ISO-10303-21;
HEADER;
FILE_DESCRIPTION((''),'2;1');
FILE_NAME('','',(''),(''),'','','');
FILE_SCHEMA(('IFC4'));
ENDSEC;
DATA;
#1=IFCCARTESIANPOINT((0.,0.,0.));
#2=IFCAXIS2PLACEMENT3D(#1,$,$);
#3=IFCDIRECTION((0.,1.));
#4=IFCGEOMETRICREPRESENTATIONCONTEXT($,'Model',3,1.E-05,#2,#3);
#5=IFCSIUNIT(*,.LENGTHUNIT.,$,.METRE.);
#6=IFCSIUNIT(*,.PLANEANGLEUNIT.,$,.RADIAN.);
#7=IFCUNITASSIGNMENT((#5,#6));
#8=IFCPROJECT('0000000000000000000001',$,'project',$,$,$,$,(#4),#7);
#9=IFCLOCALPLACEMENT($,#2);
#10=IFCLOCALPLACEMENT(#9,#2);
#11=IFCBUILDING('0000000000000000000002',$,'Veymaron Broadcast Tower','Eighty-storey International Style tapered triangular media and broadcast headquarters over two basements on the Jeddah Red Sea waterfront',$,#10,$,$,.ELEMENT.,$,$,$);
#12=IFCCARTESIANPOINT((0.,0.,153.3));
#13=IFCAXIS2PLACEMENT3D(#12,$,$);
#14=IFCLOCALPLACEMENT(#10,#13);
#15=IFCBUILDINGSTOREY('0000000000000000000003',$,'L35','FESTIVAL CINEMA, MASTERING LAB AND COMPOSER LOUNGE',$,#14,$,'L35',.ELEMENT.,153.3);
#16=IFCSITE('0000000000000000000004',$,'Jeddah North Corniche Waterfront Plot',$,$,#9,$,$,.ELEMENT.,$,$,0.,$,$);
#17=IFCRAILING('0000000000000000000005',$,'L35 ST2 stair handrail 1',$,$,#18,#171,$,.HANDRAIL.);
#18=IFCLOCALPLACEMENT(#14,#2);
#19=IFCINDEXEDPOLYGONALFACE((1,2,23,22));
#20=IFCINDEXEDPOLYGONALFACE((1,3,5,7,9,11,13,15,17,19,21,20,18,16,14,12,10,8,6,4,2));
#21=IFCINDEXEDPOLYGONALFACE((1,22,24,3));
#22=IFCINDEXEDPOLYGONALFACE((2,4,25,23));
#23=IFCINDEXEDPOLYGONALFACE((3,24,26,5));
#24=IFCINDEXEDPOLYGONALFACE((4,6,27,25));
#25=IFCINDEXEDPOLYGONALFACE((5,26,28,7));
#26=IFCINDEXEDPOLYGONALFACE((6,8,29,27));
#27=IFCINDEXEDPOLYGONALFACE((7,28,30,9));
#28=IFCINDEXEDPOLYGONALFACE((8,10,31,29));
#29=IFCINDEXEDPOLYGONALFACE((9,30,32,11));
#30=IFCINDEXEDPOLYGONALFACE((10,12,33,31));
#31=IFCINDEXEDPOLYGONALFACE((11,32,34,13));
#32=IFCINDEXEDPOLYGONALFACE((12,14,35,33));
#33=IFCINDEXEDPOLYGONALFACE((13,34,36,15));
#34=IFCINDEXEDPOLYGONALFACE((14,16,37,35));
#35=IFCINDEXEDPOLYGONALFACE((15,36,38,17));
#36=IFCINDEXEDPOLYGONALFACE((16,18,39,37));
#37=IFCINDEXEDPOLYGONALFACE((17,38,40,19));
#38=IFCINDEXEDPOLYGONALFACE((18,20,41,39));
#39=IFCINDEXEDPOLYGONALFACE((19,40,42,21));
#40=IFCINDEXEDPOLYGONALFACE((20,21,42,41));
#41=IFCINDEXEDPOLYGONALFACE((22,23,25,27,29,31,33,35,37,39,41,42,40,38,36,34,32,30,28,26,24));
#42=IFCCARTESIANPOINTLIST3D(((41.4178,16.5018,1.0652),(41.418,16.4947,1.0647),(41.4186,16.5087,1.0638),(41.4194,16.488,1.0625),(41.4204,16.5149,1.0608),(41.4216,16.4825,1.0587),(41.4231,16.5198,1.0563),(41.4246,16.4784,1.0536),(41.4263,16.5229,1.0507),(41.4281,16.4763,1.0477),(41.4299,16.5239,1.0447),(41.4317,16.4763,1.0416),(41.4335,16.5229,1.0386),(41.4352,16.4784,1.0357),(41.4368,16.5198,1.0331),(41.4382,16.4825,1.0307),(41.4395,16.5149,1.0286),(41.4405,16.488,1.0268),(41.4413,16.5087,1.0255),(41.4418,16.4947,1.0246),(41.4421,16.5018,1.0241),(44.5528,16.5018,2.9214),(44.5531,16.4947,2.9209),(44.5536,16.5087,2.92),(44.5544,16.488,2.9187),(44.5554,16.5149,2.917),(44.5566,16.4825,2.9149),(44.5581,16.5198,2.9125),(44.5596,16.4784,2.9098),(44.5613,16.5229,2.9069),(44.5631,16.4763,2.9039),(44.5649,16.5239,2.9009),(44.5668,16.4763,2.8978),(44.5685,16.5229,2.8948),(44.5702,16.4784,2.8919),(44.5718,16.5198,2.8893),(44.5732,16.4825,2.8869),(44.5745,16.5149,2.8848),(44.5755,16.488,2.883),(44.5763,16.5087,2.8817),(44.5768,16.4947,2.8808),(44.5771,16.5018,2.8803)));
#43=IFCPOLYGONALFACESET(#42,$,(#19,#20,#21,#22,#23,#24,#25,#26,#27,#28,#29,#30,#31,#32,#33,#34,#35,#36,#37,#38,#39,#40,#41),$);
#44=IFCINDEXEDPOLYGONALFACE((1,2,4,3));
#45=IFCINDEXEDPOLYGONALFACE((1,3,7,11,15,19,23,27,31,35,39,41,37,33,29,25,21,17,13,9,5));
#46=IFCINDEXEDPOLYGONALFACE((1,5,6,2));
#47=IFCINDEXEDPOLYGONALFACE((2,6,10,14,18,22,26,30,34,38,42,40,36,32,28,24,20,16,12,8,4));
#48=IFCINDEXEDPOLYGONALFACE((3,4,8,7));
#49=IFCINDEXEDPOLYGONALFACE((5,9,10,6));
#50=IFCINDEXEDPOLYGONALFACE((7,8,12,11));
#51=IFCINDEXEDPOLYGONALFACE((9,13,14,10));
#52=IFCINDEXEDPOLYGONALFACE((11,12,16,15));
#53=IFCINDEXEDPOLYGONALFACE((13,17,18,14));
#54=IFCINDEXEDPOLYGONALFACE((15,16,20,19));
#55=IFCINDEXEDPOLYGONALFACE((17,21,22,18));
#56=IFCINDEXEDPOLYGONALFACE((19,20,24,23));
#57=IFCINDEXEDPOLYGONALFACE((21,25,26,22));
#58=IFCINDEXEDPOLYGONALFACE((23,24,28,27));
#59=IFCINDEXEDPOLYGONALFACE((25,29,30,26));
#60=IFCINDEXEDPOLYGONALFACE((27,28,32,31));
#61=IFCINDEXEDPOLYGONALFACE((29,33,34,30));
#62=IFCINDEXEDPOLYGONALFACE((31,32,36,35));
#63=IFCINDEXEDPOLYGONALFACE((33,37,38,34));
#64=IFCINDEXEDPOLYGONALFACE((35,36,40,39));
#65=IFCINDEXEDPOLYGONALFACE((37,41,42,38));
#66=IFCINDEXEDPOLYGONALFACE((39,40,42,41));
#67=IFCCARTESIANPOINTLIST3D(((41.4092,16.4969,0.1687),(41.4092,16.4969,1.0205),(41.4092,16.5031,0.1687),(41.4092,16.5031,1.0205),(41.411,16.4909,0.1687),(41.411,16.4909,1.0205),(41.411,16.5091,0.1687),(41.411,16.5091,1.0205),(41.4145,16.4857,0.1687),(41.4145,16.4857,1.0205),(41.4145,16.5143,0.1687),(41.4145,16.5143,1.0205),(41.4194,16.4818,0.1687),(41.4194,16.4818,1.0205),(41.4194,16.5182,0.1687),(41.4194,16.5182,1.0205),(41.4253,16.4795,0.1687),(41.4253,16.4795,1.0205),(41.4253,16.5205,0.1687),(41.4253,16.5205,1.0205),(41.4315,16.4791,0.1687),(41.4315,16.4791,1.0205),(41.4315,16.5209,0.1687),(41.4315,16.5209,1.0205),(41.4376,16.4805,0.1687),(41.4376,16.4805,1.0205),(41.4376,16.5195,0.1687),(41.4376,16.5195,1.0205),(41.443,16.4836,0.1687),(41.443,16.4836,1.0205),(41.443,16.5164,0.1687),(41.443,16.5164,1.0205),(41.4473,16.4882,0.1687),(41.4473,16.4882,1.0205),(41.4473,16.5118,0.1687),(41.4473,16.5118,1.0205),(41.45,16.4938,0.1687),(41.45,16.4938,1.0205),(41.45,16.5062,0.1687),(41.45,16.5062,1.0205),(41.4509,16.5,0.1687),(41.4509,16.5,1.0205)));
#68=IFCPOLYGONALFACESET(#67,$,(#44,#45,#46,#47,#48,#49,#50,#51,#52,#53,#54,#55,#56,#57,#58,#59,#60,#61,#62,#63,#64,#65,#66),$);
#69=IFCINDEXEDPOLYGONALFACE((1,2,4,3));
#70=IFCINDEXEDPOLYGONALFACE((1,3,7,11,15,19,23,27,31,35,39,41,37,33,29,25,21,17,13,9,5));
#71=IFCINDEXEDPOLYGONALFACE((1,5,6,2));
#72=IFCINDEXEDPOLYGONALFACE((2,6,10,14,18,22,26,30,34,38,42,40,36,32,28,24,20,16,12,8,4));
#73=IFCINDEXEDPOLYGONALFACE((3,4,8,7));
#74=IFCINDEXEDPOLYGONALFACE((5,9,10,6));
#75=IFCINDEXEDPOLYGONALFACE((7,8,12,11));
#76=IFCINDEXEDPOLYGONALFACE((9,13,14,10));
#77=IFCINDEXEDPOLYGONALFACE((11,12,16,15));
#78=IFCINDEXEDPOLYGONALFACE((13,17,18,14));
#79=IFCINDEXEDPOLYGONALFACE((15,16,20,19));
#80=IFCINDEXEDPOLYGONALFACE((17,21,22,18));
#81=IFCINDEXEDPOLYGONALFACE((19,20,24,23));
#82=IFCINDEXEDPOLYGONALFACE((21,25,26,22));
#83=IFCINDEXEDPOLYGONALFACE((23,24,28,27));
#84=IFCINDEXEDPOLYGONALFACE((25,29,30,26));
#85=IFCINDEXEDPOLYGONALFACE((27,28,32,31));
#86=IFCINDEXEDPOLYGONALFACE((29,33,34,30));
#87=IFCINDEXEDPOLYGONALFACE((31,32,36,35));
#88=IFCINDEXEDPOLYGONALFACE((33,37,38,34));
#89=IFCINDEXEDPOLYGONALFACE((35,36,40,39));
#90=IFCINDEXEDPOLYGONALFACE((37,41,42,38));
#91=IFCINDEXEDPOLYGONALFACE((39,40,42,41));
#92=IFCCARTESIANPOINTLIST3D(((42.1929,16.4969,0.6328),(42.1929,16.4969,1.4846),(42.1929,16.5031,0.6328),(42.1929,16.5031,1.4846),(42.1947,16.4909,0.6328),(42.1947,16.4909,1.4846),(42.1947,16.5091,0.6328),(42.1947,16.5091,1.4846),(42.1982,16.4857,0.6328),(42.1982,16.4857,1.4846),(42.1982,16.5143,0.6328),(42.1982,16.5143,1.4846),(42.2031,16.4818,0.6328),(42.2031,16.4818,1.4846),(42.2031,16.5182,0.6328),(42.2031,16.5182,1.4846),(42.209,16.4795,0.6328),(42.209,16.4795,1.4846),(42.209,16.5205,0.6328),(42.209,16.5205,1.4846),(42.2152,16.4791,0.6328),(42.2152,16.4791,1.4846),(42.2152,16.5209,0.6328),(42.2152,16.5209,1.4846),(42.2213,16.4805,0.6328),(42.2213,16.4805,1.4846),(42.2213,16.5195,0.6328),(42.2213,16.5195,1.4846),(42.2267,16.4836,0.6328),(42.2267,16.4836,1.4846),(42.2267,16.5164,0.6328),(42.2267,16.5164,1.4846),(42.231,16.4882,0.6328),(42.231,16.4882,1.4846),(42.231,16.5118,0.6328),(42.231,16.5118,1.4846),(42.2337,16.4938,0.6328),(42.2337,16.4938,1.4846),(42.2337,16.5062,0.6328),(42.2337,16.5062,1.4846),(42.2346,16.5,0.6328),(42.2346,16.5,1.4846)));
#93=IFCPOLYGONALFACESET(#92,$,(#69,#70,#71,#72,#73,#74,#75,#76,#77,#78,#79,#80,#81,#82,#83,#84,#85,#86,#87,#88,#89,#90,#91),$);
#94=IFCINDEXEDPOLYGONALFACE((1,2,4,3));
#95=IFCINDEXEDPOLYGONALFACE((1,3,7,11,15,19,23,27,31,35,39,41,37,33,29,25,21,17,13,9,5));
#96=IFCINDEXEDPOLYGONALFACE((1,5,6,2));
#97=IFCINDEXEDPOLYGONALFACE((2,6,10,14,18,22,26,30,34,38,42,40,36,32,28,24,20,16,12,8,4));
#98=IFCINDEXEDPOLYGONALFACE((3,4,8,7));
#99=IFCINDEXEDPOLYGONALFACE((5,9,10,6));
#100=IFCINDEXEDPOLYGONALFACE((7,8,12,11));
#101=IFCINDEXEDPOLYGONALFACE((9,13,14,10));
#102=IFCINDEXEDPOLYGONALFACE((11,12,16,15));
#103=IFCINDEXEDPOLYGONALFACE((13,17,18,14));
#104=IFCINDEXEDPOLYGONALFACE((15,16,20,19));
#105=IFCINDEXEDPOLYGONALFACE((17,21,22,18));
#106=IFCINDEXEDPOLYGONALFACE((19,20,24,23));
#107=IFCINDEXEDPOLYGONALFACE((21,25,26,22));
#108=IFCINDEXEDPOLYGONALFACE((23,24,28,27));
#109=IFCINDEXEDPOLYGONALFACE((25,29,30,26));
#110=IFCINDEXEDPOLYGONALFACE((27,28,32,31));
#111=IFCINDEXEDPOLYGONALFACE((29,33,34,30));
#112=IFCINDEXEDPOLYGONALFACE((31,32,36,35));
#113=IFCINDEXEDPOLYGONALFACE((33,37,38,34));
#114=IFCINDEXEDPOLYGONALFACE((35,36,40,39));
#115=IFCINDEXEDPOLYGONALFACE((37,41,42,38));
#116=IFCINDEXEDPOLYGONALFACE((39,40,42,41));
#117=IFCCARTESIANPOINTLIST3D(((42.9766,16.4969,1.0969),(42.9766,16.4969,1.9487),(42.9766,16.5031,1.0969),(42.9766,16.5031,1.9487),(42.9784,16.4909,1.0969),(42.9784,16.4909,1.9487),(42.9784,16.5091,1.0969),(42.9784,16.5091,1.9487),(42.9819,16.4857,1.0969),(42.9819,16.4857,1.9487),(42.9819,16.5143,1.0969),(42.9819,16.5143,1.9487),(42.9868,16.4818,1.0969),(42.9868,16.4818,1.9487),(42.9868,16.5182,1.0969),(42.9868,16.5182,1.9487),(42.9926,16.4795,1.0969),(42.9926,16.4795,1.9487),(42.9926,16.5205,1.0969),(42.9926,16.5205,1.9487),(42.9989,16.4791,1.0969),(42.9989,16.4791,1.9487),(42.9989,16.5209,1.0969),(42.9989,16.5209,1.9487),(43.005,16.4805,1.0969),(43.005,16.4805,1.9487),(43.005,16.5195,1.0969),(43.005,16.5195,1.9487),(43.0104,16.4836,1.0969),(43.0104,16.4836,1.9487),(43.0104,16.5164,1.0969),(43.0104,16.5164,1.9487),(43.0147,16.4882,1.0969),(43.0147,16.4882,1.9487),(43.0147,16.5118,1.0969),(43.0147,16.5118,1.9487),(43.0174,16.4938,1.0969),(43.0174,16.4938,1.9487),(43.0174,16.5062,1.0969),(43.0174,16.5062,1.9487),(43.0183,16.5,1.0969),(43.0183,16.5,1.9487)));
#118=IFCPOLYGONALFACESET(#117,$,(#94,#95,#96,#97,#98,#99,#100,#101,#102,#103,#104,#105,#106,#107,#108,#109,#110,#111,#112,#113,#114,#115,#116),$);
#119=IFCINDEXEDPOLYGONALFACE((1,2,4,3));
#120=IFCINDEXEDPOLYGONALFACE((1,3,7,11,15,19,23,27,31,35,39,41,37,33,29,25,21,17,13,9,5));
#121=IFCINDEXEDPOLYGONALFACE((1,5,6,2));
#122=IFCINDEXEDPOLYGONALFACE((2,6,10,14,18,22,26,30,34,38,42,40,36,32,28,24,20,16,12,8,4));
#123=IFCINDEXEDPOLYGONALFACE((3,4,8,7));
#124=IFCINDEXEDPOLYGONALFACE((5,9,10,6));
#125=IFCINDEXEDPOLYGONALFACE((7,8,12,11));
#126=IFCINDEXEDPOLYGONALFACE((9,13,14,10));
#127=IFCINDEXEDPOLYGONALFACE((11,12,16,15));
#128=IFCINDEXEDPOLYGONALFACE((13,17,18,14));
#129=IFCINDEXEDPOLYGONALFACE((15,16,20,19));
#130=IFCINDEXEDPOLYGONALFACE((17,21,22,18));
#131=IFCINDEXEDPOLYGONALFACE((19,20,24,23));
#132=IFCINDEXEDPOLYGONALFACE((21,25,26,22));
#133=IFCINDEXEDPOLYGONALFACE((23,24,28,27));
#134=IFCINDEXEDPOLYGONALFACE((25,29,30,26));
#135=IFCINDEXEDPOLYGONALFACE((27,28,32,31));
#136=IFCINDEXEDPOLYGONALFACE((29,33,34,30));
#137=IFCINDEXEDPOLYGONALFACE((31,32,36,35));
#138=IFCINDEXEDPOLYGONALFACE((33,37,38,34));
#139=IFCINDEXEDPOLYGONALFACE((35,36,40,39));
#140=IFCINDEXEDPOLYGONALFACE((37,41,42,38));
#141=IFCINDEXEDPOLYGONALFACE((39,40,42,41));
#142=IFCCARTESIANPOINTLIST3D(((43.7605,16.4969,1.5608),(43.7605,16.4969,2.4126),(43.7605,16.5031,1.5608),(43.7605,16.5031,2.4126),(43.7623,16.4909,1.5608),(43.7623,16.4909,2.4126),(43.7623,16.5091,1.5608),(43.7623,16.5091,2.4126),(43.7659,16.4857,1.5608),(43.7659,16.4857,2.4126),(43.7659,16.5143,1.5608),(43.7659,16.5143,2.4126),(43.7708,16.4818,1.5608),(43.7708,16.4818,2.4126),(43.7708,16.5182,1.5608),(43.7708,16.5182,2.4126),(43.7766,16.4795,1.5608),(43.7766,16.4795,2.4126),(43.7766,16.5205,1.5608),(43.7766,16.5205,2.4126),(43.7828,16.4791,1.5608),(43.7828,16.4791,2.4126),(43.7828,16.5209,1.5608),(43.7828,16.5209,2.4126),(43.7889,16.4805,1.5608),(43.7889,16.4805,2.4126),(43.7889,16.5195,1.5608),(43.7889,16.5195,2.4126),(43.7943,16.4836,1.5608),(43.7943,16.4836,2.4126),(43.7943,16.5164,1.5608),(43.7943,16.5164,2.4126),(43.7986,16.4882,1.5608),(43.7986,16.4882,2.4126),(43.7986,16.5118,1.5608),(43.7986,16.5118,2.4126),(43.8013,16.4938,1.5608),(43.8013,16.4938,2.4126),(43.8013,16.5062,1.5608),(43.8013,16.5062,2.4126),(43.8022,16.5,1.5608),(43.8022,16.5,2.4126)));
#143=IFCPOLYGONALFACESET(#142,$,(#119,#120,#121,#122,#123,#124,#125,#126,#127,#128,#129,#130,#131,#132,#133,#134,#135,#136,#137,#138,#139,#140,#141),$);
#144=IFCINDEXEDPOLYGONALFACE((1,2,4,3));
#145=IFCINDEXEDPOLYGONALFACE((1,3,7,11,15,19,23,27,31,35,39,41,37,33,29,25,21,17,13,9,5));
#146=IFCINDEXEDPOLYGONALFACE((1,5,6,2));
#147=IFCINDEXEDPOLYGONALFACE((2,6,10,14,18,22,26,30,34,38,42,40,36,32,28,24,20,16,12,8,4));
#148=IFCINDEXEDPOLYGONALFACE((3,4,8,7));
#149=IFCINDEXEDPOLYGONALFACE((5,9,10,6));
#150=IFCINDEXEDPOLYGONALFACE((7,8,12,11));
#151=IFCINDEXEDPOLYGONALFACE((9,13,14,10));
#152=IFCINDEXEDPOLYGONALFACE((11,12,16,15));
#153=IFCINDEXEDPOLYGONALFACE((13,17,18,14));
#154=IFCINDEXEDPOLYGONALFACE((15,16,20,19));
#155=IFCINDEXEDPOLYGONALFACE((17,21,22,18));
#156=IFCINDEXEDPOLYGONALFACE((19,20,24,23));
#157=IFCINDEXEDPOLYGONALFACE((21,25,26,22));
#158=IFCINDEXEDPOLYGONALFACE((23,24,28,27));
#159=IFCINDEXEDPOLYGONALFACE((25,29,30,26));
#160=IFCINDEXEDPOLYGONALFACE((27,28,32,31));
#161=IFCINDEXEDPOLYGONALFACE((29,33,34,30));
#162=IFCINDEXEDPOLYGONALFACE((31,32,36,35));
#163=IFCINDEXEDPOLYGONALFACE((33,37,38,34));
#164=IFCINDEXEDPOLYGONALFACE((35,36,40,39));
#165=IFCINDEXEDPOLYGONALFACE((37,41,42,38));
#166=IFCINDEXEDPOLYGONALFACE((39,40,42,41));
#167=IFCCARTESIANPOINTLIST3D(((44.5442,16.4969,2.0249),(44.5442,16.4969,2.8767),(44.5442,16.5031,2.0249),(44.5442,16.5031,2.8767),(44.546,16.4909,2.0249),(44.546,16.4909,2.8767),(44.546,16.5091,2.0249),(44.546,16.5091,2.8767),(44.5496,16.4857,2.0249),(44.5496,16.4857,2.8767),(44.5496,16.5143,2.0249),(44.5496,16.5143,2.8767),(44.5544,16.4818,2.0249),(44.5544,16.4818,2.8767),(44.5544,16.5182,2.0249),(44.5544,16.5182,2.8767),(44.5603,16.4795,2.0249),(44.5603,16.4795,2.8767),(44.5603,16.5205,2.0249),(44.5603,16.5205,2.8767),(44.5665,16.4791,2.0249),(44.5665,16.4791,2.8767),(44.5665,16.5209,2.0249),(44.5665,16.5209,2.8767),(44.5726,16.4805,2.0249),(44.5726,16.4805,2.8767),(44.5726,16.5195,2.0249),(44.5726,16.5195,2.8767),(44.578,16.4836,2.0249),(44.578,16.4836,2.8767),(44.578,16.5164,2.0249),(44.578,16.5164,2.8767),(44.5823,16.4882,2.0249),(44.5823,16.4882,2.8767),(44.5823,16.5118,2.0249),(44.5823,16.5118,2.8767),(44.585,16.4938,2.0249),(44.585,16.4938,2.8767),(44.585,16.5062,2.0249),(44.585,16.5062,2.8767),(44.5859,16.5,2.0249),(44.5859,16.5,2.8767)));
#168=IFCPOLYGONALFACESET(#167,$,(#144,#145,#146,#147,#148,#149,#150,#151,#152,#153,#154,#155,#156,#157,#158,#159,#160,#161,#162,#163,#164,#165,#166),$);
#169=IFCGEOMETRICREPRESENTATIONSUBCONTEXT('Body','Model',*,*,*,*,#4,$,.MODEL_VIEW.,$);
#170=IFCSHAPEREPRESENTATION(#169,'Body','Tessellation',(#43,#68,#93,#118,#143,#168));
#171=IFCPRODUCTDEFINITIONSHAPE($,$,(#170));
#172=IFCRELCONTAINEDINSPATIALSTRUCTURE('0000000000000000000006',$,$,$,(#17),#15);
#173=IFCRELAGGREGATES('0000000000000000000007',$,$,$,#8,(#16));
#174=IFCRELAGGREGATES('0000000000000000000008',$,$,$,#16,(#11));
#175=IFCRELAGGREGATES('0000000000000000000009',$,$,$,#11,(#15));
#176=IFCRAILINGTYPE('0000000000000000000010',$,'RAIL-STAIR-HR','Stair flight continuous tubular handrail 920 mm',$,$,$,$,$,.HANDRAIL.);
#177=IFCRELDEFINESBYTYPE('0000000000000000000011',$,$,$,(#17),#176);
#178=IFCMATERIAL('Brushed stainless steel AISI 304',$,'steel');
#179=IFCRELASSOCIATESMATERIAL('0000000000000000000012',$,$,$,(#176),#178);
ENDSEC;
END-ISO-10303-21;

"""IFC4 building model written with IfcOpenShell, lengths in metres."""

from ifc_helpers import new_model, si_unit, direction, frame, origin, origin_2d, place, context, subcontext, project, spatial, circle, extrude, material, type_object, element, save


model = new_model("IFC4")

# Units and contexts
model_context = context("Model", 3, precision=1e-05, world=origin(), true_north=direction((0.0, 1.0)))
body_context = subcontext(model_context, "Body", "Model", "MODEL_VIEW")
ifc_project = project(units=[si_unit("LENGTHUNIT", "METRE"), si_unit("PLANEANGLEUNIT", "RADIAN")], contexts=[model_context])

# Site, building, storey
site_placement = place(None, origin())
site = spatial("IfcSite", under=ifc_project, at=site_placement, Name="Jeddah North Corniche Waterfront Plot", CompositionType="ELEMENT", RefElevation=0.0)
building_placement = place(site_placement, origin())
building = spatial("IfcBuilding", under=site, at=building_placement, Name="Veymaron Broadcast Tower", Description="Eighty-storey International Style tapered triangular media and broadcast headquarters over two basements on the Jeddah Red Sea waterfront", CompositionType="ELEMENT")
storey_placement = place(building_placement, frame((0.0, 0.0, 153.3)))
storey = spatial("IfcBuildingStorey", under=building, at=storey_placement, Name="L35", Description="FESTIVAL CINEMA, MASTERING LAB AND COMPOSER LOUNGE", LongName="L35", CompositionType="ELEMENT", Elevation=153.3)

# Railing
ifc_material_1 = material(Name="Brushed stainless steel AISI 304", Category="steel")
railing_type_1 = type_object("IfcRailingType", Name="RAIL-STAIR-HR", Description="Stair flight continuous tubular handrail 920 mm", PredefinedType="HANDRAIL", material=ifc_material_1)
railing_1_placement = place(storey_placement, frame((41.4299, 16.5, 0.1687)))
element("IfcRailing", 1, at=railing_1_placement, inside=storey, type_object=railing_type_1, Name="L35 ST2 stair handrail 1", PredefinedType="HANDRAIL", context=body_context, shape_type="SweptSolid", body=[
    extrude(circle(Radius=0.0239, at=origin_2d()), frame((0.0, 0.0, 0.876), z_axis=(0.860482, 0.0, 0.509481), x_axis=(0.0, 1.0, 0.0)), (0.0, 0.0, 1.0), 3.6433),
    extrude(circle(Radius=0.021, at=origin_2d()), origin(), (0.0, 0.0, 1.0), 0.8518),
    extrude(circle(Radius=0.021, at=origin_2d()), frame((0.7837, 0.0, 0.4641)), (0.0, 0.0, 1.0), 0.8518),
    extrude(circle(Radius=0.021, at=origin_2d()), frame((1.5674, 0.0, 0.9282)), (0.0, 0.0, 1.0), 0.8518),
    extrude(circle(Radius=0.021, at=origin_2d()), frame((2.3513, 0.0, 1.3921)), (0.0, 0.0, 1.0), 0.8518),
    extrude(circle(Radius=0.021, at=origin_2d()), frame((3.135, 0.0, 1.8562)), (0.0, 0.0, 1.0), 0.8518),
])

save(model, "model.ifc")
